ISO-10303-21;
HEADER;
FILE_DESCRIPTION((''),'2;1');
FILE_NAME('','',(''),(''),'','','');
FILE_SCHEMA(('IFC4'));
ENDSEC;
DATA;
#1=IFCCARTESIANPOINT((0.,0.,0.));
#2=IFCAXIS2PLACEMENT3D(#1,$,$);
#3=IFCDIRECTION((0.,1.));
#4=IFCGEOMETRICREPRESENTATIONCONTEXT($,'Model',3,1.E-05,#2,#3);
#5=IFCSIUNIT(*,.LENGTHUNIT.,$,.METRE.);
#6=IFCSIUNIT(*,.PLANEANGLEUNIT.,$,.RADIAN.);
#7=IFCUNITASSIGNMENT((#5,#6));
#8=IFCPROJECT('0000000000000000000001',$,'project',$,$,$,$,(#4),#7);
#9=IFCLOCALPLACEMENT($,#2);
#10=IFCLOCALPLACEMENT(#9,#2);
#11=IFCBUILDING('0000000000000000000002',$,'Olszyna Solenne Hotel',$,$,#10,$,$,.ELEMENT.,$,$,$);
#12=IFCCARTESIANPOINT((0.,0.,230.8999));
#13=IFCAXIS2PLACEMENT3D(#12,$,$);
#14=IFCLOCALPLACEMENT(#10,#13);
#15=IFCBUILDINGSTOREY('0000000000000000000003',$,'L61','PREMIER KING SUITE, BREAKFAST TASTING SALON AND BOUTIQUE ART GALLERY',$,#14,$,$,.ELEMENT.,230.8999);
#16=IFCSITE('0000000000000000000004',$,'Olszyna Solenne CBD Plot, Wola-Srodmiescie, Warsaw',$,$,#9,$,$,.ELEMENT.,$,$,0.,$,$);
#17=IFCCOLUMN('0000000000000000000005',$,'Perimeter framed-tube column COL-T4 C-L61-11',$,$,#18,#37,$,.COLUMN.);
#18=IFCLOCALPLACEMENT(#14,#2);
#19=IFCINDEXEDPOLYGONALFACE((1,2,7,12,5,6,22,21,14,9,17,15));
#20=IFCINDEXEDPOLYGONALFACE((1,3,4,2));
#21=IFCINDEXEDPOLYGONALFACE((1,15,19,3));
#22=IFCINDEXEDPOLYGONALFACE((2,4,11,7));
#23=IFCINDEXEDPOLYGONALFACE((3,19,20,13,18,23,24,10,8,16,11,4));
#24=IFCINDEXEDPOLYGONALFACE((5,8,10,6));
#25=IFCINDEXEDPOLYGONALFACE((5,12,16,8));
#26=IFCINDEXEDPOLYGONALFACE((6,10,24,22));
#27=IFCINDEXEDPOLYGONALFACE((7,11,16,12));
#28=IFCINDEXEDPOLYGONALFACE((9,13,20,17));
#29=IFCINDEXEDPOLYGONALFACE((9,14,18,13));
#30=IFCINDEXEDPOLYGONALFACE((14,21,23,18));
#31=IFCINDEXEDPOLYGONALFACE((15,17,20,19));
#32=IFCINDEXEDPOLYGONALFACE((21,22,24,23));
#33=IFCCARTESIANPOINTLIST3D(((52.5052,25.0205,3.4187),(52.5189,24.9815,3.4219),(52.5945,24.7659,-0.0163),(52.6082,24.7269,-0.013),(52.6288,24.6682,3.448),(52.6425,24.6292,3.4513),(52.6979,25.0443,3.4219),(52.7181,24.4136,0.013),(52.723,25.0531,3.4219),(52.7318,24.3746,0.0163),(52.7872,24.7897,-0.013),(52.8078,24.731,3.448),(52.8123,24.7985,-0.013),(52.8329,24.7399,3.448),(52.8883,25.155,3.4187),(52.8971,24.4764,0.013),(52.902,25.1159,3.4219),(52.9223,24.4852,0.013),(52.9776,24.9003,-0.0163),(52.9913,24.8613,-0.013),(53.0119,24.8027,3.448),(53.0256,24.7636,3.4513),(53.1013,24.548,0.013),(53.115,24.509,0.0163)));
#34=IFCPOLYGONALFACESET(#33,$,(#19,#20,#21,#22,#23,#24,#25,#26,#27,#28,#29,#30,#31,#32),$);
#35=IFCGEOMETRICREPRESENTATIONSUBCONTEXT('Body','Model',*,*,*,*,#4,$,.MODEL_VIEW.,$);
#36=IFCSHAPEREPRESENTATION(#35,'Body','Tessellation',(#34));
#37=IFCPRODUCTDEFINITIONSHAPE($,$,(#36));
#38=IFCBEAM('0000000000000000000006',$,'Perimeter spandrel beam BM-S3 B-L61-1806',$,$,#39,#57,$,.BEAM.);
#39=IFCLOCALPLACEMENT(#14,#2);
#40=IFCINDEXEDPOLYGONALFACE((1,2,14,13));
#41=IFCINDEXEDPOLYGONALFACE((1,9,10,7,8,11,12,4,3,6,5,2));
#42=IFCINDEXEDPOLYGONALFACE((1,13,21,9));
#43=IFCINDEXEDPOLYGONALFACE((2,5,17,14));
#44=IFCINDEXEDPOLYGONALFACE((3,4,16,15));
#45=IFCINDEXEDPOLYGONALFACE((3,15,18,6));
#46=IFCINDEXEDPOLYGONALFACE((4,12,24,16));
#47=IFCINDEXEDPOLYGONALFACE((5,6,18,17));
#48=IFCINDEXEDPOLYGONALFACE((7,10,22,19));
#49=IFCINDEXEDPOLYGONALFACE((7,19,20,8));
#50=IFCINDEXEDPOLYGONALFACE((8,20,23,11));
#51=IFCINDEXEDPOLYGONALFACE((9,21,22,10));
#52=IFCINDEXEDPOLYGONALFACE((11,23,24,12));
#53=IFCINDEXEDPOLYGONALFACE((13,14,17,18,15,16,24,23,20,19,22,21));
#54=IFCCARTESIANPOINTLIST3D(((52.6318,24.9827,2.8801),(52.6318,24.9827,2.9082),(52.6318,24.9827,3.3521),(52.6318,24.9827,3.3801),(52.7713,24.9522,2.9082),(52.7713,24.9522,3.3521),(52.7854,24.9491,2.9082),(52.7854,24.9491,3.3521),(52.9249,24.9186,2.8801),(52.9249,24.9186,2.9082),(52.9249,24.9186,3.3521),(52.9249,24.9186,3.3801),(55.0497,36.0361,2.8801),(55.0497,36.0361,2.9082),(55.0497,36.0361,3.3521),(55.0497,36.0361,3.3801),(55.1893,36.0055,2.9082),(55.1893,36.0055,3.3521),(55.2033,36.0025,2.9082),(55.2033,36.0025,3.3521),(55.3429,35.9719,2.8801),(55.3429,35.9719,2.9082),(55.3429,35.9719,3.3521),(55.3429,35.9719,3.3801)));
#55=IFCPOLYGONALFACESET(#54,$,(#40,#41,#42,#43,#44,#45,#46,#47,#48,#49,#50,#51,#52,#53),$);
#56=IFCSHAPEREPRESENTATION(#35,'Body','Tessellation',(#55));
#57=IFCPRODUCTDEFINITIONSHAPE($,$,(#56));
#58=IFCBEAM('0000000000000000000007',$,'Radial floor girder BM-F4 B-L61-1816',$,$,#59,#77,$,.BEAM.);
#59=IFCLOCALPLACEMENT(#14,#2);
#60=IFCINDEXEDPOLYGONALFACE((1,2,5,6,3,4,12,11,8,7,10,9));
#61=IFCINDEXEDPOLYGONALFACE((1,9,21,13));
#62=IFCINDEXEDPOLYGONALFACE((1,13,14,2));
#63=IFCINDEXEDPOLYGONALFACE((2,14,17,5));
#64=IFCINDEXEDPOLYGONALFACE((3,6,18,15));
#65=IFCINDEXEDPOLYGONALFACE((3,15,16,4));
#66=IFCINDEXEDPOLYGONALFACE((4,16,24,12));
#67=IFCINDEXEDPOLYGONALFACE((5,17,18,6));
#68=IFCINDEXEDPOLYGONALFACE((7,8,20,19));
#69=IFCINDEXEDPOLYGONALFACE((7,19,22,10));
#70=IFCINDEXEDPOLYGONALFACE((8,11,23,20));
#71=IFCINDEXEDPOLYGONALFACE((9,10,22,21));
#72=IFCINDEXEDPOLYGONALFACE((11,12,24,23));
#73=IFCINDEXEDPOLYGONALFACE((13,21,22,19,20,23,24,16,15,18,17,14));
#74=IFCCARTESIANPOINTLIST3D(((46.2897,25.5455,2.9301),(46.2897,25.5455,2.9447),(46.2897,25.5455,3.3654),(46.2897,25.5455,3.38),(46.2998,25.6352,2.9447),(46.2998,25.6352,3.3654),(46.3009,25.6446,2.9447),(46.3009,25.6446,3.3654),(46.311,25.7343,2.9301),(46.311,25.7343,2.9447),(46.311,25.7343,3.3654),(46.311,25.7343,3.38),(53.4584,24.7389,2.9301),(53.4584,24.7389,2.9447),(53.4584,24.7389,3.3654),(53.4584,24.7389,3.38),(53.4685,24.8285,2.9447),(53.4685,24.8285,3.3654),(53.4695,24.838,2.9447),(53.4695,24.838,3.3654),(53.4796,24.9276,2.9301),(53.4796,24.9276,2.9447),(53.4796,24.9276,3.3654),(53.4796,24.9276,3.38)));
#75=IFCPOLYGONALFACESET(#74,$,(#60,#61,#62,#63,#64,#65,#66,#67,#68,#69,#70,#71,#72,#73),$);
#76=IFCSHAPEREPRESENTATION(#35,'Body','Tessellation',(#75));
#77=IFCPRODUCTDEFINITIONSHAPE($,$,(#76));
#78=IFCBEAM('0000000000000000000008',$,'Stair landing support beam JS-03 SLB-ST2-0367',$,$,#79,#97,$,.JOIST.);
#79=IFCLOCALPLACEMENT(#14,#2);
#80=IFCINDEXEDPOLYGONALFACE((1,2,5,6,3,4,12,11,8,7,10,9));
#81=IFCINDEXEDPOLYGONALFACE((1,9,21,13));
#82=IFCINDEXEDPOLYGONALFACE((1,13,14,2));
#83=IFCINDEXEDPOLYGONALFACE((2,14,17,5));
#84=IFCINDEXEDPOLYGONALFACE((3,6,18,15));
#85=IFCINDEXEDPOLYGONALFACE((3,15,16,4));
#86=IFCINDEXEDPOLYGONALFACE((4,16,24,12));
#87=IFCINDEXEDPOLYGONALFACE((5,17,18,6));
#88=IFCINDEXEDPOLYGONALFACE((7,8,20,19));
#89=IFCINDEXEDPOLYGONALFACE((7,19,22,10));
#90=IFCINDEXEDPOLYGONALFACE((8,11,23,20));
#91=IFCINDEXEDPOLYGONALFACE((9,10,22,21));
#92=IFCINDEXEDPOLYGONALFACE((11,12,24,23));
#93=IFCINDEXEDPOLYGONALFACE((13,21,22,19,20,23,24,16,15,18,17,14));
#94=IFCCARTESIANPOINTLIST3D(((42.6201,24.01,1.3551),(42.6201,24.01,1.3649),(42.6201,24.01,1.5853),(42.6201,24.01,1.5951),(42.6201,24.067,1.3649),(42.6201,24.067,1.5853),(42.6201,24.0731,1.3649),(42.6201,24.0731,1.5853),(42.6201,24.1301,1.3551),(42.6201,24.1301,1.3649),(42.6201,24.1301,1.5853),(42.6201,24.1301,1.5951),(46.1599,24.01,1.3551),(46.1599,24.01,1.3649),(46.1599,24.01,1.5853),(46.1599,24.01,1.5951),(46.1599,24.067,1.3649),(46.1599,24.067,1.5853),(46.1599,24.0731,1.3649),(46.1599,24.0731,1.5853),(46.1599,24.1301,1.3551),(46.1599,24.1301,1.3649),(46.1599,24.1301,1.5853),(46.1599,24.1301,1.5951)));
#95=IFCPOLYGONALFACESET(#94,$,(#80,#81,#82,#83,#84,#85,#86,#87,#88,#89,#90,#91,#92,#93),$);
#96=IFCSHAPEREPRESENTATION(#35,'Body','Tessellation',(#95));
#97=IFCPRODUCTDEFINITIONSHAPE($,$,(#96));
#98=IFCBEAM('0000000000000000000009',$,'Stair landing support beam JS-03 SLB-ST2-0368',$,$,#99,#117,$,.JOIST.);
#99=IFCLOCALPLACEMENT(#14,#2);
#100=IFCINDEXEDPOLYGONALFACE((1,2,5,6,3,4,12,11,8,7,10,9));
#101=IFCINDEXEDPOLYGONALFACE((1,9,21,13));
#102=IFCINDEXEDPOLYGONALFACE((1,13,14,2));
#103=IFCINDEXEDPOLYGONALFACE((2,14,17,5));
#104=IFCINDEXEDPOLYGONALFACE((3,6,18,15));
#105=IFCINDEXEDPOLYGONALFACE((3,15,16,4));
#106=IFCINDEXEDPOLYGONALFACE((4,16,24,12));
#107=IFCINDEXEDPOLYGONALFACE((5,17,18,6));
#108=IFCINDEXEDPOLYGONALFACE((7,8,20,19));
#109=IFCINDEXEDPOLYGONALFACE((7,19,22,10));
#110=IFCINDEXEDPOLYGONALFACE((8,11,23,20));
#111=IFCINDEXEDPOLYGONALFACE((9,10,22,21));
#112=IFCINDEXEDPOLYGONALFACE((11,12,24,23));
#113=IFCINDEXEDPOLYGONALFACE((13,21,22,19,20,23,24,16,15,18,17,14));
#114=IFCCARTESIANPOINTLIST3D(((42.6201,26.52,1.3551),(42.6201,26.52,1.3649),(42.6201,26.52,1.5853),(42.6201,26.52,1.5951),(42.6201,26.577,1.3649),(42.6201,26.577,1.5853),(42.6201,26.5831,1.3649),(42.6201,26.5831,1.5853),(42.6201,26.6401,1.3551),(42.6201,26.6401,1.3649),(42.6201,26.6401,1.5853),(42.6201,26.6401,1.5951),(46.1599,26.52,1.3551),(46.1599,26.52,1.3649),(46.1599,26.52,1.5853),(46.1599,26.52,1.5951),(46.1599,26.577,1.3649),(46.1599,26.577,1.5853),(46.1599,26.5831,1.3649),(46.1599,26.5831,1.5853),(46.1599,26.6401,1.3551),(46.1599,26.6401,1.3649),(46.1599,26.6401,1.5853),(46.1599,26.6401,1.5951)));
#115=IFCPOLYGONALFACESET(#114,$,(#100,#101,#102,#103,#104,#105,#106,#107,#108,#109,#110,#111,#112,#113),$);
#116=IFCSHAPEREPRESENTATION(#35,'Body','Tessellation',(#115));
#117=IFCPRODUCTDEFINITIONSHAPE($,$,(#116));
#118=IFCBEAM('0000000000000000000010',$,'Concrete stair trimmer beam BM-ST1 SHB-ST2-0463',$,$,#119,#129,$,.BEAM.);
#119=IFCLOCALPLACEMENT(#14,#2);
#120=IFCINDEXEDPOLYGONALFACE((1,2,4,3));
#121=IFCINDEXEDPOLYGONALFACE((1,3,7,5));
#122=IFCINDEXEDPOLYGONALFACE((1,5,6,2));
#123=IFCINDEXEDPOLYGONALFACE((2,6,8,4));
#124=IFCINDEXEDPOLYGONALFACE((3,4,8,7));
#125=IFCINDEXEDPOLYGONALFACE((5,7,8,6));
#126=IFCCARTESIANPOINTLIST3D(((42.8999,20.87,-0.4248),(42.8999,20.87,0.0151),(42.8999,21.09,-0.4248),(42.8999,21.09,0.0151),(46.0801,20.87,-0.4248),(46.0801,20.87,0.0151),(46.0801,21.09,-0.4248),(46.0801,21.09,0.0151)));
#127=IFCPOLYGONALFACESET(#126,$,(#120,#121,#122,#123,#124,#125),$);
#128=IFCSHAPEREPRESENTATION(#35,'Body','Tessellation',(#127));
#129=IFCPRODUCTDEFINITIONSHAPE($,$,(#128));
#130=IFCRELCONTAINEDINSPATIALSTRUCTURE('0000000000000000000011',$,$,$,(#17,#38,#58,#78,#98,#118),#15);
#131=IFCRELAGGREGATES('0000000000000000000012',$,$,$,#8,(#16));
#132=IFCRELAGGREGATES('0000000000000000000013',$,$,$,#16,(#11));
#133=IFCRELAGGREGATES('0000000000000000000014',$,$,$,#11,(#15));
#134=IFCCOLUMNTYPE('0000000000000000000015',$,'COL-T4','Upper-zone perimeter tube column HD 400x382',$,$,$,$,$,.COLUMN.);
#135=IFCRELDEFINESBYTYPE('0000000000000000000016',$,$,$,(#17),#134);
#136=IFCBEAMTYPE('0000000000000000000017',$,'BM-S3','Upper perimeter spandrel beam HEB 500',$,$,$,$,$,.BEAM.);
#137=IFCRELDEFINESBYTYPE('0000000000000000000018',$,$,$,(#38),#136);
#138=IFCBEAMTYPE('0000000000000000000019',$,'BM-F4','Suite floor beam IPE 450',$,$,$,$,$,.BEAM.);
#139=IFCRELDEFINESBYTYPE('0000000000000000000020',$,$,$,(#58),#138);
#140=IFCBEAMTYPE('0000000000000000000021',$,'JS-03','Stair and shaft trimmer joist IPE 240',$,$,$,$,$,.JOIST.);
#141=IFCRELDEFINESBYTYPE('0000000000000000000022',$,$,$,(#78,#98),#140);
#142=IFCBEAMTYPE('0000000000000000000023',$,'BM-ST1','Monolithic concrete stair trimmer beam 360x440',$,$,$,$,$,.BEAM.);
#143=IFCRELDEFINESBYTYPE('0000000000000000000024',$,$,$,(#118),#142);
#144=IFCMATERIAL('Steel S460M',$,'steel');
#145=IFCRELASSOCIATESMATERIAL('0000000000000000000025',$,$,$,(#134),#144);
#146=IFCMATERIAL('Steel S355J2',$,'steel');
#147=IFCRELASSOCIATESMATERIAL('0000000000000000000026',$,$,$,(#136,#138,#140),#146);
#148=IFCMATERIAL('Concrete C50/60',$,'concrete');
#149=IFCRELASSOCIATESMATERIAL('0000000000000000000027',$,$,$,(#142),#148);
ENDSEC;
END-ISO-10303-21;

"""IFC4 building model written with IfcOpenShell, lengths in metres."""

from ifc_helpers import new_model, si_unit, direction, frame, origin, origin_2d, place, context, subcontext, project, spatial, rectangle, i_section, extrude, source, transform, mapped, material, material_profile, profile_set, type_object, element, save


model = new_model("IFC4")

# Units and contexts
model_context = context("Model", 3, precision=1e-05, world=origin(), true_north=direction((0.0, 1.0)))
body_context = subcontext(model_context, "Body", "Model", "MODEL_VIEW")
ifc_project = project(units=[si_unit("LENGTHUNIT", "METRE"), si_unit("PLANEANGLEUNIT", "RADIAN")], contexts=[model_context])

# Site, building, storey
site_placement = place(None, origin())
site = spatial("IfcSite", under=ifc_project, at=site_placement, Name="Olszyna Solenne CBD Plot, Wola-Srodmiescie, Warsaw", CompositionType="ELEMENT", RefElevation=0.0)
building_placement = place(site_placement, origin())
building = spatial("IfcBuilding", under=site, at=building_placement, Name="Olszyna Solenne Hotel", CompositionType="ELEMENT")
storey_placement = place(building_placement, frame((0.0, 0.0, 230.8999)))
storey = spatial("IfcBuildingStorey", under=building, at=storey_placement, Name="L61", Description="PREMIER KING SUITE, BREAKFAST TASTING SALON AND BOUTIQUE ART GALLERY", CompositionType="ELEMENT", Elevation=230.8999)

# Column
ifc_material_1 = material(Name="Steel S460M", Category="steel")
ifc_material_profile_1 = material_profile(ifc_material_1, i_section(OverallWidth=0.406, OverallDepth=0.416, WebThickness=0.0266, FlangeThickness=0.0415, at=origin_2d()), Name="HD 400x382", Category="load-bearing")
ifc_profile_set_1 = profile_set([ifc_material_profile_1], Name="Steel S460M")
column_type = type_object("IfcColumnType", Name="COL-T4", Description="Upper-zone perimeter tube column HD 400x382", PredefinedType="COLUMN", material=ifc_profile_set_1)
shared_shape_1 = source(origin(), body_context, "Body", "SweptSolid", [
    extrude(i_section(OverallWidth=0.406, OverallDepth=0.416, WebThickness=0.0266, FlangeThickness=0.0415, at=origin_2d()), origin(), (0.0, 0.0, 1.0), 3.4456),
])
column_placement = place(storey_placement, frame((52.8547, 24.6375, 0.0), z_axis=(-0.025933, 0.073902, 0.996928), x_axis=(-0.94359, -0.331116, 0.0)))
element("IfcColumn", 1, at=column_placement, inside=storey, type_object=column_type, Name="Perimeter framed-tube column COL-T4 C-L61-11", PredefinedType="COLUMN", context=body_context, shape_type="MappedRepresentation", body=[
    mapped(shared_shape_1, transform((0.0, 0.0, 0.0), x_axis=(1.0, 0.0, 0.0), y_axis=(0.0, 1.0, 0.0), z_axis=(0.0, 0.0, 1.0), scale=1.0)),
])

# Beams
ifc_material_2 = material(Name="Steel S355J2", Category="steel")
ifc_material_profile_2 = material_profile(ifc_material_2, i_section(OverallWidth=0.3, OverallDepth=0.5, WebThickness=0.0144, FlangeThickness=0.0281, at=origin_2d()), Name="HEB 500", Category="load-bearing")
ifc_profile_set_2 = profile_set([ifc_material_profile_2], Name="Steel S355J2")
beam_type_1 = type_object("IfcBeamType", Name="BM-S3", Description="Upper perimeter spandrel beam HEB 500", PredefinedType="BEAM", material=ifc_profile_set_2)
shared_shape_2 = source(origin(), body_context, "Body", "SweptSolid", [
    extrude(i_section(OverallWidth=0.3, OverallDepth=0.5, WebThickness=0.0144, FlangeThickness=0.0281, at=origin_2d()), origin(), (0.0, 0.0, 1.0), 11.3147),
])
beam_1_placement = place(storey_placement, frame((52.7783, 24.9507, 3.1301), z_axis=(0.213703, 0.976899, 0.0), x_axis=(-0.976899, 0.213703, 0.0)))
element("IfcBeam", 2, at=beam_1_placement, inside=storey, type_object=beam_type_1, Name="Perimeter spandrel beam BM-S3 B-L61-1806", PredefinedType="BEAM", context=body_context, shape_type="MappedRepresentation", body=[
    mapped(shared_shape_2, transform((0.0, 0.0, 0.0), x_axis=(1.0, 0.0, 0.0), y_axis=(0.0, 1.0, 0.0), z_axis=(0.0, 0.0, 1.0), scale=1.0)),
])
ifc_material_profile_3 = material_profile(ifc_material_2, i_section(OverallWidth=0.1899, OverallDepth=0.45, WebThickness=0.0095, FlangeThickness=0.0146, at=origin_2d()), Name="IPE 450", Category="load-bearing")
ifc_profile_set_3 = profile_set([ifc_material_profile_3], Name="Steel S355J2")
beam_type_2 = type_object("IfcBeamType", Name="BM-F4", Description="Suite floor beam IPE 450", PredefinedType="BEAM", material=ifc_profile_set_3)
shared_shape_3 = source(origin(), body_context, "Body", "SweptSolid", [
    extrude(i_section(OverallWidth=0.1899, OverallDepth=0.45, WebThickness=0.0095, FlangeThickness=0.0146, at=origin_2d()), origin(), (0.0, 0.0, 1.0), 7.2139),
])
beam_2_placement = place(storey_placement, frame((53.469, 24.8333, 3.155), z_axis=(-0.993729, 0.111817, 0.0), x_axis=(-0.111817, -0.993729, 0.0)))
element("IfcBeam", 3, at=beam_2_placement, inside=storey, type_object=beam_type_2, Name="Radial floor girder BM-F4 B-L61-1816", PredefinedType="BEAM", context=body_context, shape_type="MappedRepresentation", body=[
    mapped(shared_shape_3, transform((0.0, 0.0, 0.0), x_axis=(1.0, 0.0, 0.0), y_axis=(0.0, 1.0, 0.0), z_axis=(0.0, 0.0, 1.0), scale=1.0)),
])
ifc_material_profile_4 = material_profile(ifc_material_2, i_section(OverallWidth=0.1201, OverallDepth=0.24, WebThickness=0.0061, FlangeThickness=0.0098, at=origin_2d()), Name="IPE 240", Category="load-bearing")
ifc_profile_set_4 = profile_set([ifc_material_profile_4], Name="Steel S355J2")
beam_type_3 = type_object("IfcBeamType", Name="JS-03", Description="Stair and shaft trimmer joist IPE 240", PredefinedType="JOIST", material=ifc_profile_set_4)
shared_shape_4 = source(origin(), body_context, "Body", "SweptSolid", [
    extrude(i_section(OverallWidth=0.1201, OverallDepth=0.24, WebThickness=0.0061, FlangeThickness=0.0098, at=origin_2d()), origin(), (0.0, 0.0, 1.0), 3.5398),
])
for number, where, z_axis, x_axis, name in (
    (4, (46.1599, 24.0701, 1.4751), (-1.0, 0.0, 0.0), (0.0, -1.0, 0.0), "Stair landing support beam JS-03 SLB-ST2-0367"),
    (5, (46.1599, 26.5801, 1.4751), (-1.0, 0.0, 0.0), (0.0, -1.0, 0.0), "Stair landing support beam JS-03 SLB-ST2-0368"),
):
    element("IfcBeam", number, at=place(storey_placement, frame(where, z_axis=z_axis, x_axis=x_axis)), inside=storey, type_object=beam_type_3, Name=name, PredefinedType="JOIST", context=body_context, shape_type="MappedRepresentation", body=[
        mapped(shared_shape_4, transform((0.0, 0.0, 0.0), x_axis=(1.0, 0.0, 0.0), y_axis=(0.0, 1.0, 0.0), z_axis=(0.0, 0.0, 1.0), scale=1.0)),
    ])
ifc_material_3 = material(Name="Concrete C50/60", Category="concrete")
ifc_material_profile_5 = material_profile(ifc_material_3, rectangle(XDim=0.22, YDim=0.4399, at=origin_2d()), Name="RC 220x440", Category="load-bearing")
ifc_profile_set_5 = profile_set([ifc_material_profile_5], Name="Concrete C50/60")
beam_type_4 = type_object("IfcBeamType", Name="BM-ST1", Description="Monolithic concrete stair trimmer beam 360x440", PredefinedType="BEAM", material=ifc_profile_set_5)
shared_shape_5 = source(origin(), body_context, "Body", "SweptSolid", [
    extrude(rectangle(XDim=0.22, YDim=0.4399, at=origin_2d()), origin(), (0.0, 0.0, 1.0), 3.1802),
])
beam_3_placement = place(storey_placement, frame((46.0801, 20.98, -0.2048), z_axis=(-1.0, 0.0, 0.0), x_axis=(0.0, -1.0, 0.0)))
element("IfcBeam", 6, at=beam_3_placement, inside=storey, type_object=beam_type_4, Name="Concrete stair trimmer beam BM-ST1 SHB-ST2-0463", PredefinedType="BEAM", context=body_context, shape_type="MappedRepresentation", body=[
    mapped(shared_shape_5, transform((0.0, 0.0, 0.0), x_axis=(1.0, 0.0, 0.0), y_axis=(0.0, 1.0, 0.0), z_axis=(0.0, 0.0, 1.0), scale=1.0)),
])

save(model, "model.ifc")
